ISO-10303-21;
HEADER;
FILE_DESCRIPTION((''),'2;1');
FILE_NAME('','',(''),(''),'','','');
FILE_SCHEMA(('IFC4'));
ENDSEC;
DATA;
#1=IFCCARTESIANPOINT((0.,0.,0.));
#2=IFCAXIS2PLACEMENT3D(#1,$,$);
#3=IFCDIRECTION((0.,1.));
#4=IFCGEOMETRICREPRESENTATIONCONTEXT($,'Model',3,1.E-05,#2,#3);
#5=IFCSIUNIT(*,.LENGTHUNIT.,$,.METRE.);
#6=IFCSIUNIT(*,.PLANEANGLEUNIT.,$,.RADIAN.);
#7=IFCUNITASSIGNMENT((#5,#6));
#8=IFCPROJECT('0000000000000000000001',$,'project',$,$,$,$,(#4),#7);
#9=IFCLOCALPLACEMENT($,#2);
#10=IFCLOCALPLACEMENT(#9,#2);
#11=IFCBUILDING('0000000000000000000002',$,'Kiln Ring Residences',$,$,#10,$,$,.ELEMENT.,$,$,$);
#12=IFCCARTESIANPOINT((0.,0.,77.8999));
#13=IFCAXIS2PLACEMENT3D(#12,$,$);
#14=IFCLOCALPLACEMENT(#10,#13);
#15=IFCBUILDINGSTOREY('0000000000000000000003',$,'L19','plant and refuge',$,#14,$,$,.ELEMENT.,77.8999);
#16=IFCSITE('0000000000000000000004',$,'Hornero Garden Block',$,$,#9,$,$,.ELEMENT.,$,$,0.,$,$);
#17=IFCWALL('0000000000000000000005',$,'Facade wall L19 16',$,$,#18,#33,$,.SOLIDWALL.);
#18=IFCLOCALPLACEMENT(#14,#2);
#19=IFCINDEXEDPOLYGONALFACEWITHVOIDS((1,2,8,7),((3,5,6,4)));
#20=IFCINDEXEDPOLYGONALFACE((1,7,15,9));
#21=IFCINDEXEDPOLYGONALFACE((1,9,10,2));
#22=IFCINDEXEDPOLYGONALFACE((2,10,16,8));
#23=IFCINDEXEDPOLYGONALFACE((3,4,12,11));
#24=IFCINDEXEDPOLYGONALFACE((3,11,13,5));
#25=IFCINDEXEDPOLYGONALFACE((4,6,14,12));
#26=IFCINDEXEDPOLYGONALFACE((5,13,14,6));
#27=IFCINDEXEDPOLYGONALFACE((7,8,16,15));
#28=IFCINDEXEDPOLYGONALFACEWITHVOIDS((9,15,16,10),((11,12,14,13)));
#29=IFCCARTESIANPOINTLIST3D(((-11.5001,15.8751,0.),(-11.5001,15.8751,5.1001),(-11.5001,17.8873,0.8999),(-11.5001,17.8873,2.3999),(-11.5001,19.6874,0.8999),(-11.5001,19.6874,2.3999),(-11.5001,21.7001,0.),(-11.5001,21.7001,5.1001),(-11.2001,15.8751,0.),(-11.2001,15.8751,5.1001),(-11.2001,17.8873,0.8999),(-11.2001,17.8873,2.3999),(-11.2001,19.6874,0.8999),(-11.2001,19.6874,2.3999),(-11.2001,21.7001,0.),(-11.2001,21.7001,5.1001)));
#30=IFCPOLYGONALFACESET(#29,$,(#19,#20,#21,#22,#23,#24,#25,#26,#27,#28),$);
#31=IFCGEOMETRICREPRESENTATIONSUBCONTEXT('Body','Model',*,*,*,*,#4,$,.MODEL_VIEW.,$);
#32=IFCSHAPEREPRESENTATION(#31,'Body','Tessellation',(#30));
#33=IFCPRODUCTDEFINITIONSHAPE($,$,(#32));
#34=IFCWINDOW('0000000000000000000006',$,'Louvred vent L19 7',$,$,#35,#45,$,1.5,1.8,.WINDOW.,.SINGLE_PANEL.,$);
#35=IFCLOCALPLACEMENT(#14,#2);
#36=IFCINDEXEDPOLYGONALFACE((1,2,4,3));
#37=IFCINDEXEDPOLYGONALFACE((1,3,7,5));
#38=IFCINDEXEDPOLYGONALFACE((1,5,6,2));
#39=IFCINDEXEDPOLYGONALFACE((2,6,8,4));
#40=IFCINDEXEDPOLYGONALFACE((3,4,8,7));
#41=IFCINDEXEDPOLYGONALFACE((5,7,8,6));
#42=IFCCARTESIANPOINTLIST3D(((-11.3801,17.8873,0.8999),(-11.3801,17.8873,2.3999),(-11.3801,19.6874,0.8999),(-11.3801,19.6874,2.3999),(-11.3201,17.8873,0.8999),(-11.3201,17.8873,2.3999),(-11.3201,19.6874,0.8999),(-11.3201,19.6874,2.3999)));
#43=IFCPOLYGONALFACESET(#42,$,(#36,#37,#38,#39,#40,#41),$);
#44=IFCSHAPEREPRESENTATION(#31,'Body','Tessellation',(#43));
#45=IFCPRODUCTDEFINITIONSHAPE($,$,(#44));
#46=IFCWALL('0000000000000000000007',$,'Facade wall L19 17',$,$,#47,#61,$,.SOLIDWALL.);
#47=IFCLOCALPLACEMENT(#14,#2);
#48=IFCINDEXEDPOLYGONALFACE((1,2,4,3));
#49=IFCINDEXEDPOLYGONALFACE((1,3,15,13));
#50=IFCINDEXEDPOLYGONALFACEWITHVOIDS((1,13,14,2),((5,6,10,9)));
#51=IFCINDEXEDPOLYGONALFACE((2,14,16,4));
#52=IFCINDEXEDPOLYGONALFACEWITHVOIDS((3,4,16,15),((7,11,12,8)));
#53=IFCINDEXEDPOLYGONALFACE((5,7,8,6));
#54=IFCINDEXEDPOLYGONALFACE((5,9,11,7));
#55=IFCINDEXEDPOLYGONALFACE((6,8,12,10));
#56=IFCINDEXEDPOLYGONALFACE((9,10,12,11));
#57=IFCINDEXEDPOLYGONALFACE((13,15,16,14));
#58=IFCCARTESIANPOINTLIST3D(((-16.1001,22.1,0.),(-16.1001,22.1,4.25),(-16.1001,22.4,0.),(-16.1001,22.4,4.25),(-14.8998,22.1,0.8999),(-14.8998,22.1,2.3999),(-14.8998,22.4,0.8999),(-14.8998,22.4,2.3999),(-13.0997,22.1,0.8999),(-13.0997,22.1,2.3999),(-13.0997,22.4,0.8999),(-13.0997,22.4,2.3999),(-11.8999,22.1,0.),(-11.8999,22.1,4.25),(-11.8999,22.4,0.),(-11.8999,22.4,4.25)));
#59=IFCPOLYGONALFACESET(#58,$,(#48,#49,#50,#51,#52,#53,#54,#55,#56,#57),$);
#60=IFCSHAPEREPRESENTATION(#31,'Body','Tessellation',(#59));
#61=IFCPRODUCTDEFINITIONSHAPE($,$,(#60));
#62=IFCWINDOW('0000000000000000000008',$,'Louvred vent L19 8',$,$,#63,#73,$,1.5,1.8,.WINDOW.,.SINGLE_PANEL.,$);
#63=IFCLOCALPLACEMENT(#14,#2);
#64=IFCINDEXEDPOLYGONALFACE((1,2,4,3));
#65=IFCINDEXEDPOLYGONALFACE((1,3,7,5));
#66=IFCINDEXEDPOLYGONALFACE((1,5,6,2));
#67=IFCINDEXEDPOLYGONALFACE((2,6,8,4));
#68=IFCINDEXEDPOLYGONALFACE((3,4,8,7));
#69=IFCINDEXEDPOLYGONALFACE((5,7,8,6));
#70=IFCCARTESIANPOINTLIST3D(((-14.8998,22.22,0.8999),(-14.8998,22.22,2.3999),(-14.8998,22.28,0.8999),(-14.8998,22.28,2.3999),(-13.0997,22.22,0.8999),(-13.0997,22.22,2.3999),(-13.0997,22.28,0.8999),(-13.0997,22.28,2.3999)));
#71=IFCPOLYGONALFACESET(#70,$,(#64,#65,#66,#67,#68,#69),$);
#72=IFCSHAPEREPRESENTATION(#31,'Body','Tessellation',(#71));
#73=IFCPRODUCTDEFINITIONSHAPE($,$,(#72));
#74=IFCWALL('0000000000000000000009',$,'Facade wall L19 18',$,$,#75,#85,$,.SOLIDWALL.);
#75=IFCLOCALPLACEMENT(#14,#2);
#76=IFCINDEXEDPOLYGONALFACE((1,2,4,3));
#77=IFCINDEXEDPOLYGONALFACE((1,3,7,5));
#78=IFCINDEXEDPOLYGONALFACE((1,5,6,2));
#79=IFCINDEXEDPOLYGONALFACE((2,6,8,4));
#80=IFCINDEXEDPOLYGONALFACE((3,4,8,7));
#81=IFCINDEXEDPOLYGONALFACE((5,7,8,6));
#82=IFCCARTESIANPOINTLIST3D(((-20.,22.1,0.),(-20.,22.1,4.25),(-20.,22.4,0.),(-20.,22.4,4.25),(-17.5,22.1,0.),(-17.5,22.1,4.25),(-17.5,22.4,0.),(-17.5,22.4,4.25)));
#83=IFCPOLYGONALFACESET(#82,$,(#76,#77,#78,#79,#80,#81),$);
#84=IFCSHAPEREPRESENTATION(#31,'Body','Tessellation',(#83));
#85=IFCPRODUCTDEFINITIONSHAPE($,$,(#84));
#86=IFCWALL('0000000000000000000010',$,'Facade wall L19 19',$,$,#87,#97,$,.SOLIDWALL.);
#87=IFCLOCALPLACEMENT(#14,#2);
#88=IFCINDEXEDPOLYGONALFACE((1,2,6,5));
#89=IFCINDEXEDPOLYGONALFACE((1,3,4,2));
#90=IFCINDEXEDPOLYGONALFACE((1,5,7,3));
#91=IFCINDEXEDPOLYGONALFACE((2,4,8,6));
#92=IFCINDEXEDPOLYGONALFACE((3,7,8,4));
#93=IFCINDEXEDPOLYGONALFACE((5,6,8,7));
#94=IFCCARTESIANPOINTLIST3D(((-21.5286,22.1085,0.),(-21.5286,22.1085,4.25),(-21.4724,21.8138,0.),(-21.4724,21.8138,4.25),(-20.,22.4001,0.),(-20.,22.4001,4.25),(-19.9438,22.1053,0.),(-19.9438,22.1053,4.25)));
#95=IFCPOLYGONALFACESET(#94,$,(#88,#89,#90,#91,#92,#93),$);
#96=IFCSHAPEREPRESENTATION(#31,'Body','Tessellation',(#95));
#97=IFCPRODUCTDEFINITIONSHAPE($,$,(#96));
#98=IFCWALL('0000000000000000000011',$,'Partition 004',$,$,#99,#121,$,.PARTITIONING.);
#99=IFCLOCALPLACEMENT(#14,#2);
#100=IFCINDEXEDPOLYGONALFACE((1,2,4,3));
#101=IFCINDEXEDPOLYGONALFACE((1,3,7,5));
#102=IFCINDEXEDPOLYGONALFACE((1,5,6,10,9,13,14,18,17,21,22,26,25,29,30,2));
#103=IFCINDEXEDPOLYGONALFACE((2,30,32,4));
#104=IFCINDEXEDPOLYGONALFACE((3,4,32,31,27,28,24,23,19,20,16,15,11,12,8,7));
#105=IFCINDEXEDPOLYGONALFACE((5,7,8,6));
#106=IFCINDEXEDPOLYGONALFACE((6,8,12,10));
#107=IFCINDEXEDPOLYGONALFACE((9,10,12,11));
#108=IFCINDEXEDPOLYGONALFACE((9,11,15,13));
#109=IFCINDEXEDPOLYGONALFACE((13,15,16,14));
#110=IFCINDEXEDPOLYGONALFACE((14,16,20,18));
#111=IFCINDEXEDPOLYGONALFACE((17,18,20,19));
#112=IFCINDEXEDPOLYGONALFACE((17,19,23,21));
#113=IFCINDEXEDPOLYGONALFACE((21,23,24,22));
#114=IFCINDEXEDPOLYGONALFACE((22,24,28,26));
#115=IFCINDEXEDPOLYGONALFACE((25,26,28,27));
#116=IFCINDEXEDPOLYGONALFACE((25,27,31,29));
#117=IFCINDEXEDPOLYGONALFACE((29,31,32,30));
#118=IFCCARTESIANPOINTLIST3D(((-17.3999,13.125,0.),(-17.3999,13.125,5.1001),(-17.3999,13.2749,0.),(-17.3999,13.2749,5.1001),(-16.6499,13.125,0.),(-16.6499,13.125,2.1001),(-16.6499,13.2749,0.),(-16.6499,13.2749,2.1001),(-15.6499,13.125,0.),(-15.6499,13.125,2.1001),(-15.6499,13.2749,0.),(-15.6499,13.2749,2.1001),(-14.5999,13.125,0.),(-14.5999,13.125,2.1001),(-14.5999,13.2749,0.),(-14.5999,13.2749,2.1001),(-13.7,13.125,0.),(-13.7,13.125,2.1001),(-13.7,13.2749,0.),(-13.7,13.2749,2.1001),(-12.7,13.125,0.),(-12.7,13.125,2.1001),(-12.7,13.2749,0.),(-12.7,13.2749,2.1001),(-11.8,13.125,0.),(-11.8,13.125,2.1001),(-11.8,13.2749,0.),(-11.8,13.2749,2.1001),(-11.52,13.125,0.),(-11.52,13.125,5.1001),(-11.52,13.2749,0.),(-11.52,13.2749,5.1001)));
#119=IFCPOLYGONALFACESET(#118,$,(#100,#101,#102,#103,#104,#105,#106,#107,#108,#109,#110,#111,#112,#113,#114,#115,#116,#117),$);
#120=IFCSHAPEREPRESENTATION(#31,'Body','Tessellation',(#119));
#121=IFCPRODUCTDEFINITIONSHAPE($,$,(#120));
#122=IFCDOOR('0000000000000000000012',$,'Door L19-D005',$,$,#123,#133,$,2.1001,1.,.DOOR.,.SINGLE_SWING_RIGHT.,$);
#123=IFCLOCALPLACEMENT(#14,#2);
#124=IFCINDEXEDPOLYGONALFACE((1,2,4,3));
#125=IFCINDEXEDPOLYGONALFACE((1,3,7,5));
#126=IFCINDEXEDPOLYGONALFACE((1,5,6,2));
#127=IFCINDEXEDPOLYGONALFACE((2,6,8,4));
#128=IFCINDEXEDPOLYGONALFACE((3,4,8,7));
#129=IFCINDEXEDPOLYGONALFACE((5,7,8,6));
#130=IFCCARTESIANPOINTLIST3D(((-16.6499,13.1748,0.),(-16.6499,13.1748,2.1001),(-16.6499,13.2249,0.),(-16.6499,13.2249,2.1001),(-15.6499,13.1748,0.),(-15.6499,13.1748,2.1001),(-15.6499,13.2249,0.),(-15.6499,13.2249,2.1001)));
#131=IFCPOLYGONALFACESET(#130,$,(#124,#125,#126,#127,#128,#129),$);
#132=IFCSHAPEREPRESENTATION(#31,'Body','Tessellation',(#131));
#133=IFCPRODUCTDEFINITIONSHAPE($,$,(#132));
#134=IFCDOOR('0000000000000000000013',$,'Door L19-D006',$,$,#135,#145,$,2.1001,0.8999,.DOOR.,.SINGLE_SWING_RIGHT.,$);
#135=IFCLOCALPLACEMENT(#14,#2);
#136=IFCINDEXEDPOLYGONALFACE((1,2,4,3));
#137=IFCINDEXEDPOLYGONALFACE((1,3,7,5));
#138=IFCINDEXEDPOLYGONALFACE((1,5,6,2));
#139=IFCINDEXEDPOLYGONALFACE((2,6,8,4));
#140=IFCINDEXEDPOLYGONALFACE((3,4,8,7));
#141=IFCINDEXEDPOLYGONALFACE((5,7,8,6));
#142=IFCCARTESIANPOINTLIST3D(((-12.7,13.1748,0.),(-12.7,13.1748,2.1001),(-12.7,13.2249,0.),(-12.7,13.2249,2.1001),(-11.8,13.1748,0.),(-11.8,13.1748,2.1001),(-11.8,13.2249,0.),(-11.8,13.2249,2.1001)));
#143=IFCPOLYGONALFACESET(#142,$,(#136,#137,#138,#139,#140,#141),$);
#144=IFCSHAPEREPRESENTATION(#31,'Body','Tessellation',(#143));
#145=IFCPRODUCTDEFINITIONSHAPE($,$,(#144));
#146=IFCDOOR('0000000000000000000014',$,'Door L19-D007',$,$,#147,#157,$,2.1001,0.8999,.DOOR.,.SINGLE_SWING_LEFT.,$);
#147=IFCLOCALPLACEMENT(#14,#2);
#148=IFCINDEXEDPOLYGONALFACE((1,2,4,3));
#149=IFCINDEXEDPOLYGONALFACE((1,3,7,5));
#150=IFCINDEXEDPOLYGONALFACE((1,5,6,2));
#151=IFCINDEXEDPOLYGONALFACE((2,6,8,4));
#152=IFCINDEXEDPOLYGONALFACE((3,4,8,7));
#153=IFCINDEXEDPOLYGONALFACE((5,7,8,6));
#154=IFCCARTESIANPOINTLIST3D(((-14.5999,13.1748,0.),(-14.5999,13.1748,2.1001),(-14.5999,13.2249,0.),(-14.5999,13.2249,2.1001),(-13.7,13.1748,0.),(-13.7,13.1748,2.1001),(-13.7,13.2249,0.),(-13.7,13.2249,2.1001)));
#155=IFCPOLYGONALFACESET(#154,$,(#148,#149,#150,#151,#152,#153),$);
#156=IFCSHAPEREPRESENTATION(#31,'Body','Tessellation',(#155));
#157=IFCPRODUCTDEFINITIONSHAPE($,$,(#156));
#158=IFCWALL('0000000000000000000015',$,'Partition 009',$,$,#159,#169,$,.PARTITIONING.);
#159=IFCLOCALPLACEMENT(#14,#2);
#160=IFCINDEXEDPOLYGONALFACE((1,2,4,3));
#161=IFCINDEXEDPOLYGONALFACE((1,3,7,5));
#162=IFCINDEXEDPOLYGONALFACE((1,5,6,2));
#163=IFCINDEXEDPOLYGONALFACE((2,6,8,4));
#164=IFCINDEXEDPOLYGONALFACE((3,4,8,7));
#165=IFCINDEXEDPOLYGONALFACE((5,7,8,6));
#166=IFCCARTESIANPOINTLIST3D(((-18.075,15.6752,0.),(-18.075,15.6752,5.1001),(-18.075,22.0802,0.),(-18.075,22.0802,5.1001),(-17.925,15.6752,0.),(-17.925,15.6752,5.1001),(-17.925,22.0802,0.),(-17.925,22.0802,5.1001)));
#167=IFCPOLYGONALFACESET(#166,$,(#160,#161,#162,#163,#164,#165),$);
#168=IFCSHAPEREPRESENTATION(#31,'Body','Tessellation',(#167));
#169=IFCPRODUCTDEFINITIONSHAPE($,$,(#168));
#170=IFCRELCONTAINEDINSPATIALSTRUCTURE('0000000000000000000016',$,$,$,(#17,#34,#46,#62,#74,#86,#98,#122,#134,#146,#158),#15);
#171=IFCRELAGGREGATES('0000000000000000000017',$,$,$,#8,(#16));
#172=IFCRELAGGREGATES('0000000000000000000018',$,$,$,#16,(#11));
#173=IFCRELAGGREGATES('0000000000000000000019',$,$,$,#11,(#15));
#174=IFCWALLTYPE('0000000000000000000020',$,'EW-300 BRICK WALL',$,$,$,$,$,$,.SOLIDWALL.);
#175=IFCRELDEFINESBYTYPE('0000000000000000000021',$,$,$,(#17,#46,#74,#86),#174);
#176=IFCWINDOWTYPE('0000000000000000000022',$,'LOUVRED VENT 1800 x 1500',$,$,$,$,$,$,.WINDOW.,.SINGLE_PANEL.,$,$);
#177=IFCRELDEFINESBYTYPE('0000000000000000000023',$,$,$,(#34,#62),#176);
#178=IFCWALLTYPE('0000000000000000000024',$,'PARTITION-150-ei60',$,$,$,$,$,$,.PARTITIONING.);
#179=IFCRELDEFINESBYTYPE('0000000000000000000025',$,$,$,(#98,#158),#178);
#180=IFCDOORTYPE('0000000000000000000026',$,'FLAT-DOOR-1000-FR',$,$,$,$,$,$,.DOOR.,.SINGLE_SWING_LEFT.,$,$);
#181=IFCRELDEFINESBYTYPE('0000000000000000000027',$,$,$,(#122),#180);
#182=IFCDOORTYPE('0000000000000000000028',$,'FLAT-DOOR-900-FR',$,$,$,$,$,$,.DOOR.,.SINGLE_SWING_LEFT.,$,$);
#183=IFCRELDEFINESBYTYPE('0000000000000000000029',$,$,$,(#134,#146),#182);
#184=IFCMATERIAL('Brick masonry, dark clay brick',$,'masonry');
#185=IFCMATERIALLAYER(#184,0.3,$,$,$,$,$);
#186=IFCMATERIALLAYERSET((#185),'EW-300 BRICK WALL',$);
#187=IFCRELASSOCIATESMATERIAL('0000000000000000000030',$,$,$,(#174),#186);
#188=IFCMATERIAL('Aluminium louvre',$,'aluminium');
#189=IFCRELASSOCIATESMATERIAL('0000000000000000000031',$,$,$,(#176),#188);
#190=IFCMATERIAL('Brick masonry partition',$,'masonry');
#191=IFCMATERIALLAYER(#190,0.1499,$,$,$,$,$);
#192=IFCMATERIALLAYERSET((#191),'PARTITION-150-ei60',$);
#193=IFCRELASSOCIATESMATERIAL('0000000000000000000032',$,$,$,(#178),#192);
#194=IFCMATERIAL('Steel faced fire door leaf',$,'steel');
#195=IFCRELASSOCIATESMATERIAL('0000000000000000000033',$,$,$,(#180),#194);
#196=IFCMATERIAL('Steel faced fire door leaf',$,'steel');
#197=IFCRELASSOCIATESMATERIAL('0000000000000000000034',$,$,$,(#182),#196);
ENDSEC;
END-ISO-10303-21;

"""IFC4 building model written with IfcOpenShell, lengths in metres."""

from ifc_helpers import new_model, si_unit, direction, frame, frame_2d, origin, place, context, subcontext, project, spatial, rectangle, extrude, material, layer, layer_set, type_object, element, fill, save


model = new_model("IFC4")

# Units and contexts
model_context = context("Model", 3, precision=1e-05, world=origin(), true_north=direction((0.0, 1.0)))
body_context = subcontext(model_context, "Body", "Model", "MODEL_VIEW")
ifc_project = project(units=[si_unit("LENGTHUNIT", "METRE"), si_unit("PLANEANGLEUNIT", "RADIAN")], contexts=[model_context])

# Site, building, storey
site_placement = place(None, origin())
site = spatial("IfcSite", under=ifc_project, at=site_placement, Name="Hornero Garden Block", CompositionType="ELEMENT", RefElevation=0.0)
building_placement = place(site_placement, origin())
building = spatial("IfcBuilding", under=site, at=building_placement, Name="Kiln Ring Residences", CompositionType="ELEMENT")
storey_placement = place(building_placement, frame((0.0, 0.0, 77.8999)))
storey = spatial("IfcBuildingStorey", under=building, at=storey_placement, Name="L19", Description="plant and refuge", CompositionType="ELEMENT", Elevation=77.8999)

# Walls, openings, windows
ifc_material_1 = material(Name="Brick masonry, dark clay brick", Category="masonry")
ifc_layer_1 = layer(ifc_material_1, 0.3)
ifc_layer_set_1 = layer_set([ifc_layer_1], Name="EW-300 BRICK WALL")
wall_type_1 = type_object("IfcWallType", Name="EW-300 BRICK WALL", PredefinedType="SOLIDWALL", material=ifc_layer_set_1)
wall_1_placement = place(storey_placement, frame((-11.3501, 15.875, 0.0), z_axis=(0.0, 0.0, 1.0), x_axis=(0.0, 1.0, 0.0)))
wall_1 = element("IfcWall", 1, at=wall_1_placement, inside=storey, type_object=wall_type_1, Name="Facade wall L19 16", PredefinedType="SOLIDWALL", context=body_context, shape_type="SweptSolid", body=[
    extrude(rectangle(XDim=5.825, YDim=0.3, at=frame_2d((2.9126, 0.0))), origin(), (0.0, 0.0, 1.0), 5.1001),
])
opening_1_placement = place(wall_1_placement, frame((2.0125, 0.0, 0.8999)))
opening_1 = element("IfcOpeningElement", 2, at=opening_1_placement, cuts=wall_1, PredefinedType="OPENING", context=body_context, shape_type="SweptSolid", body=[
    extrude(rectangle(XDim=1.8, YDim=1.5, at=frame_2d((0.8999, 0.75))), frame((0.0, 0.1599, 0.0), z_axis=(0.0, -1.0, 0.0), x_axis=(1.0, 0.0, 0.0)), (0.0, 0.0, 1.0), 0.3201),
])
ifc_material_2 = material(Name="Aluminium louvre", Category="aluminium")
window_type = type_object("IfcWindowType", Name="LOUVRED VENT 1800 x 1500", PartitioningType="SINGLE_PANEL", PredefinedType="WINDOW", material=ifc_material_2)
window_1_placement = place(opening_1_placement, origin())
window_1 = element("IfcWindow", 3, at=window_1_placement, inside=storey, type_object=window_type, Name="Louvred vent L19 7", OverallHeight=1.5, OverallWidth=1.8, PartitioningType="SINGLE_PANEL", PredefinedType="WINDOW", context=body_context, shape_type="SweptSolid", body=[
    extrude(rectangle(XDim=1.8, YDim=1.5, at=frame_2d((0.8999, 0.75))), frame((0.0, 0.03, 0.0), z_axis=(0.0, -1.0, 0.0), x_axis=(1.0, 0.0, 0.0)), (0.0, 0.0, 1.0), 0.0601),
])
fill(opening_1, window_1)
wall_2_placement = place(storey_placement, frame((-11.8999, 22.25, 0.0), z_axis=(0.0, 0.0, 1.0), x_axis=(-1.0, 0.0, 0.0)))
wall_2 = element("IfcWall", 4, at=wall_2_placement, inside=storey, type_object=wall_type_1, Name="Facade wall L19 17", PredefinedType="SOLIDWALL", context=body_context, shape_type="SweptSolid", body=[
    extrude(rectangle(XDim=4.2002, YDim=0.3, at=frame_2d((2.1001, 0.0))), origin(), (0.0, 0.0, 1.0), 4.25),
])
opening_2_placement = place(wall_2_placement, frame((1.2, 0.0, 0.8999)))
opening_2 = element("IfcOpeningElement", 5, at=opening_2_placement, cuts=wall_2, PredefinedType="OPENING", context=body_context, shape_type="SweptSolid", body=[
    extrude(rectangle(XDim=1.8, YDim=1.5, at=frame_2d((0.8999, 0.75))), frame((0.0, 0.1599, 0.0), z_axis=(0.0, -1.0, 0.0), x_axis=(1.0, 0.0, 0.0)), (0.0, 0.0, 1.0), 0.3201),
])
window_2_placement = place(opening_2_placement, origin())
window_2 = element("IfcWindow", 6, at=window_2_placement, inside=storey, type_object=window_type, Name="Louvred vent L19 8", OverallHeight=1.5, OverallWidth=1.8, PartitioningType="SINGLE_PANEL", PredefinedType="WINDOW", context=body_context, shape_type="SweptSolid", body=[
    extrude(rectangle(XDim=1.8, YDim=1.5, at=frame_2d((0.8999, 0.75))), frame((0.0, 0.03, 0.0), z_axis=(0.0, -1.0, 0.0), x_axis=(1.0, 0.0, 0.0)), (0.0, 0.0, 1.0), 0.0601),
])
fill(opening_2, window_2)

# Walls
wall_3_placement = place(storey_placement, frame((-17.5, 22.25, 0.0), z_axis=(0.0, 0.0, 1.0), x_axis=(-1.0, 0.0, 0.0)))
element("IfcWall", 7, at=wall_3_placement, inside=storey, type_object=wall_type_1, Name="Facade wall L19 18", PredefinedType="SOLIDWALL", context=body_context, shape_type="SweptSolid", body=[
    extrude(rectangle(XDim=2.5, YDim=0.3, at=frame_2d((1.25, 0.0))), origin(), (0.0, 0.0, 1.0), 4.25),
])
wall_4_placement = place(storey_placement, frame((-19.9719, 22.2527, 0.0), z_axis=(0.0, 0.0, 1.0), x_axis=(-0.982297, -0.187328, 0.0)))
element("IfcWall", 8, at=wall_4_placement, inside=storey, type_object=wall_type_1, Name="Facade wall L19 19", PredefinedType="SOLIDWALL", context=body_context, shape_type="SweptSolid", body=[
    extrude(rectangle(XDim=1.5562, YDim=0.3, at=frame_2d((0.7781, 0.0))), origin(), (0.0, 0.0, 1.0), 4.25),
])

# Wall, openings, doors
ifc_material_3 = material(Name="Brick masonry partition", Category="masonry")
ifc_layer_2 = layer(ifc_material_3, 0.1499)
ifc_layer_set_2 = layer_set([ifc_layer_2], Name="PARTITION-150-ei60")
wall_type_2 = type_object("IfcWallType", Name="PARTITION-150-ei60", PredefinedType="PARTITIONING", material=ifc_layer_set_2)
wall_5_placement = place(storey_placement, frame((-17.3999, 13.2, 0.0), z_axis=(0.0, 0.0, 1.0), x_axis=(1.0, 0.0, 0.0)))
wall_5 = element("IfcWall", 9, at=wall_5_placement, inside=storey, type_object=wall_type_2, Name="Partition 004", PredefinedType="PARTITIONING", context=body_context, shape_type="SweptSolid", body=[
    extrude(rectangle(XDim=5.8799, YDim=0.1499, at=frame_2d((2.9399, 0.0))), origin(), (0.0, 0.0, 1.0), 5.1001),
])
opening_3_placement = place(wall_5_placement, frame((0.75, 0.0, 0.0)))
opening_3 = element("IfcOpeningElement", 10, at=opening_3_placement, cuts=wall_5, PredefinedType="OPENING", context=body_context, shape_type="SweptSolid", body=[
    extrude(rectangle(XDim=1.0, YDim=2.1001, at=frame_2d((0.5, 1.05))), frame((0.0, 0.085, 0.0), z_axis=(0.0, -1.0, 0.0), x_axis=(1.0, 0.0, 0.0)), (0.0, 0.0, 1.0), 0.1699),
])
opening_4_placement = place(wall_5_placement, frame((4.7, 0.0, 0.0)))
opening_4 = element("IfcOpeningElement", 11, at=opening_4_placement, cuts=wall_5, PredefinedType="OPENING", context=body_context, shape_type="SweptSolid", body=[
    extrude(rectangle(XDim=0.8999, YDim=2.1001, at=frame_2d((0.45, 1.05))), frame((0.0, 0.085, 0.0), z_axis=(0.0, -1.0, 0.0), x_axis=(1.0, 0.0, 0.0)), (0.0, 0.0, 1.0), 0.1699),
])
opening_5_placement = place(wall_5_placement, frame((2.8, 0.0, 0.0)))
opening_5 = element("IfcOpeningElement", 12, at=opening_5_placement, cuts=wall_5, PredefinedType="OPENING", context=body_context, shape_type="SweptSolid", body=[
    extrude(rectangle(XDim=0.8999, YDim=2.1001, at=frame_2d((0.45, 1.05))), frame((0.0, 0.085, 0.0), z_axis=(0.0, -1.0, 0.0), x_axis=(1.0, 0.0, 0.0)), (0.0, 0.0, 1.0), 0.1699),
])
ifc_material_4 = material(Name="Steel faced fire door leaf", Category="steel")
door_type_1 = type_object("IfcDoorType", Name="FLAT-DOOR-1000-FR", OperationType="SINGLE_SWING_LEFT", PredefinedType="DOOR", material=ifc_material_4)
door_1_placement = place(opening_3_placement, origin())
door_1 = element("IfcDoor", 13, at=door_1_placement, inside=storey, type_object=door_type_1, Name="Door L19-D005", OperationType="SINGLE_SWING_RIGHT", OverallHeight=2.1001, OverallWidth=1.0, PredefinedType="DOOR", context=body_context, shape_type="SweptSolid", body=[
    extrude(rectangle(XDim=1.0, YDim=2.1001, at=frame_2d((0.5, 1.05))), frame((0.0, 0.0249, 0.0), z_axis=(0.0, -1.0, 0.0), x_axis=(1.0, 0.0, 0.0)), (0.0, 0.0, 1.0), 0.05),
])
fill(opening_3, door_1)
ifc_material_5 = material(Name="Steel faced fire door leaf", Category="steel")
door_type_2 = type_object("IfcDoorType", Name="FLAT-DOOR-900-FR", OperationType="SINGLE_SWING_LEFT", PredefinedType="DOOR", material=ifc_material_5)
door_2_placement = place(opening_4_placement, origin())
door_2 = element("IfcDoor", 14, at=door_2_placement, inside=storey, type_object=door_type_2, Name="Door L19-D006", OperationType="SINGLE_SWING_RIGHT", OverallHeight=2.1001, OverallWidth=0.8999, PredefinedType="DOOR", context=body_context, shape_type="SweptSolid", body=[
    extrude(rectangle(XDim=0.8999, YDim=2.1001, at=frame_2d((0.45, 1.05))), frame((0.0, 0.0249, 0.0), z_axis=(0.0, -1.0, 0.0), x_axis=(1.0, 0.0, 0.0)), (0.0, 0.0, 1.0), 0.05),
])
fill(opening_4, door_2)
door_3_placement = place(opening_5_placement, origin())
door_3 = element("IfcDoor", 15, at=door_3_placement, inside=storey, type_object=door_type_2, Name="Door L19-D007", OperationType="SINGLE_SWING_LEFT", OverallHeight=2.1001, OverallWidth=0.8999, PredefinedType="DOOR", context=body_context, shape_type="SweptSolid", body=[
    extrude(rectangle(XDim=0.8999, YDim=2.1001, at=frame_2d((0.45, 1.05))), frame((0.0, 0.0249, 0.0), z_axis=(0.0, -1.0, 0.0), x_axis=(1.0, 0.0, 0.0)), (0.0, 0.0, 1.0), 0.05),
])
fill(opening_5, door_3)

# Wall
wall_6_placement = place(storey_placement, frame((-18.0, 15.675, 0.0), z_axis=(0.0, 0.0, 1.0), x_axis=(0.0, 1.0, 0.0)))
element("IfcWall", 16, at=wall_6_placement, inside=storey, type_object=wall_type_2, Name="Partition 009", PredefinedType="PARTITIONING", context=body_context, shape_type="SweptSolid", body=[
    extrude(rectangle(XDim=6.405, YDim=0.1499, at=frame_2d((3.2026, 0.0))), origin(), (0.0, 0.0, 1.0), 5.1001),
])

save(model, "model.ifc")
